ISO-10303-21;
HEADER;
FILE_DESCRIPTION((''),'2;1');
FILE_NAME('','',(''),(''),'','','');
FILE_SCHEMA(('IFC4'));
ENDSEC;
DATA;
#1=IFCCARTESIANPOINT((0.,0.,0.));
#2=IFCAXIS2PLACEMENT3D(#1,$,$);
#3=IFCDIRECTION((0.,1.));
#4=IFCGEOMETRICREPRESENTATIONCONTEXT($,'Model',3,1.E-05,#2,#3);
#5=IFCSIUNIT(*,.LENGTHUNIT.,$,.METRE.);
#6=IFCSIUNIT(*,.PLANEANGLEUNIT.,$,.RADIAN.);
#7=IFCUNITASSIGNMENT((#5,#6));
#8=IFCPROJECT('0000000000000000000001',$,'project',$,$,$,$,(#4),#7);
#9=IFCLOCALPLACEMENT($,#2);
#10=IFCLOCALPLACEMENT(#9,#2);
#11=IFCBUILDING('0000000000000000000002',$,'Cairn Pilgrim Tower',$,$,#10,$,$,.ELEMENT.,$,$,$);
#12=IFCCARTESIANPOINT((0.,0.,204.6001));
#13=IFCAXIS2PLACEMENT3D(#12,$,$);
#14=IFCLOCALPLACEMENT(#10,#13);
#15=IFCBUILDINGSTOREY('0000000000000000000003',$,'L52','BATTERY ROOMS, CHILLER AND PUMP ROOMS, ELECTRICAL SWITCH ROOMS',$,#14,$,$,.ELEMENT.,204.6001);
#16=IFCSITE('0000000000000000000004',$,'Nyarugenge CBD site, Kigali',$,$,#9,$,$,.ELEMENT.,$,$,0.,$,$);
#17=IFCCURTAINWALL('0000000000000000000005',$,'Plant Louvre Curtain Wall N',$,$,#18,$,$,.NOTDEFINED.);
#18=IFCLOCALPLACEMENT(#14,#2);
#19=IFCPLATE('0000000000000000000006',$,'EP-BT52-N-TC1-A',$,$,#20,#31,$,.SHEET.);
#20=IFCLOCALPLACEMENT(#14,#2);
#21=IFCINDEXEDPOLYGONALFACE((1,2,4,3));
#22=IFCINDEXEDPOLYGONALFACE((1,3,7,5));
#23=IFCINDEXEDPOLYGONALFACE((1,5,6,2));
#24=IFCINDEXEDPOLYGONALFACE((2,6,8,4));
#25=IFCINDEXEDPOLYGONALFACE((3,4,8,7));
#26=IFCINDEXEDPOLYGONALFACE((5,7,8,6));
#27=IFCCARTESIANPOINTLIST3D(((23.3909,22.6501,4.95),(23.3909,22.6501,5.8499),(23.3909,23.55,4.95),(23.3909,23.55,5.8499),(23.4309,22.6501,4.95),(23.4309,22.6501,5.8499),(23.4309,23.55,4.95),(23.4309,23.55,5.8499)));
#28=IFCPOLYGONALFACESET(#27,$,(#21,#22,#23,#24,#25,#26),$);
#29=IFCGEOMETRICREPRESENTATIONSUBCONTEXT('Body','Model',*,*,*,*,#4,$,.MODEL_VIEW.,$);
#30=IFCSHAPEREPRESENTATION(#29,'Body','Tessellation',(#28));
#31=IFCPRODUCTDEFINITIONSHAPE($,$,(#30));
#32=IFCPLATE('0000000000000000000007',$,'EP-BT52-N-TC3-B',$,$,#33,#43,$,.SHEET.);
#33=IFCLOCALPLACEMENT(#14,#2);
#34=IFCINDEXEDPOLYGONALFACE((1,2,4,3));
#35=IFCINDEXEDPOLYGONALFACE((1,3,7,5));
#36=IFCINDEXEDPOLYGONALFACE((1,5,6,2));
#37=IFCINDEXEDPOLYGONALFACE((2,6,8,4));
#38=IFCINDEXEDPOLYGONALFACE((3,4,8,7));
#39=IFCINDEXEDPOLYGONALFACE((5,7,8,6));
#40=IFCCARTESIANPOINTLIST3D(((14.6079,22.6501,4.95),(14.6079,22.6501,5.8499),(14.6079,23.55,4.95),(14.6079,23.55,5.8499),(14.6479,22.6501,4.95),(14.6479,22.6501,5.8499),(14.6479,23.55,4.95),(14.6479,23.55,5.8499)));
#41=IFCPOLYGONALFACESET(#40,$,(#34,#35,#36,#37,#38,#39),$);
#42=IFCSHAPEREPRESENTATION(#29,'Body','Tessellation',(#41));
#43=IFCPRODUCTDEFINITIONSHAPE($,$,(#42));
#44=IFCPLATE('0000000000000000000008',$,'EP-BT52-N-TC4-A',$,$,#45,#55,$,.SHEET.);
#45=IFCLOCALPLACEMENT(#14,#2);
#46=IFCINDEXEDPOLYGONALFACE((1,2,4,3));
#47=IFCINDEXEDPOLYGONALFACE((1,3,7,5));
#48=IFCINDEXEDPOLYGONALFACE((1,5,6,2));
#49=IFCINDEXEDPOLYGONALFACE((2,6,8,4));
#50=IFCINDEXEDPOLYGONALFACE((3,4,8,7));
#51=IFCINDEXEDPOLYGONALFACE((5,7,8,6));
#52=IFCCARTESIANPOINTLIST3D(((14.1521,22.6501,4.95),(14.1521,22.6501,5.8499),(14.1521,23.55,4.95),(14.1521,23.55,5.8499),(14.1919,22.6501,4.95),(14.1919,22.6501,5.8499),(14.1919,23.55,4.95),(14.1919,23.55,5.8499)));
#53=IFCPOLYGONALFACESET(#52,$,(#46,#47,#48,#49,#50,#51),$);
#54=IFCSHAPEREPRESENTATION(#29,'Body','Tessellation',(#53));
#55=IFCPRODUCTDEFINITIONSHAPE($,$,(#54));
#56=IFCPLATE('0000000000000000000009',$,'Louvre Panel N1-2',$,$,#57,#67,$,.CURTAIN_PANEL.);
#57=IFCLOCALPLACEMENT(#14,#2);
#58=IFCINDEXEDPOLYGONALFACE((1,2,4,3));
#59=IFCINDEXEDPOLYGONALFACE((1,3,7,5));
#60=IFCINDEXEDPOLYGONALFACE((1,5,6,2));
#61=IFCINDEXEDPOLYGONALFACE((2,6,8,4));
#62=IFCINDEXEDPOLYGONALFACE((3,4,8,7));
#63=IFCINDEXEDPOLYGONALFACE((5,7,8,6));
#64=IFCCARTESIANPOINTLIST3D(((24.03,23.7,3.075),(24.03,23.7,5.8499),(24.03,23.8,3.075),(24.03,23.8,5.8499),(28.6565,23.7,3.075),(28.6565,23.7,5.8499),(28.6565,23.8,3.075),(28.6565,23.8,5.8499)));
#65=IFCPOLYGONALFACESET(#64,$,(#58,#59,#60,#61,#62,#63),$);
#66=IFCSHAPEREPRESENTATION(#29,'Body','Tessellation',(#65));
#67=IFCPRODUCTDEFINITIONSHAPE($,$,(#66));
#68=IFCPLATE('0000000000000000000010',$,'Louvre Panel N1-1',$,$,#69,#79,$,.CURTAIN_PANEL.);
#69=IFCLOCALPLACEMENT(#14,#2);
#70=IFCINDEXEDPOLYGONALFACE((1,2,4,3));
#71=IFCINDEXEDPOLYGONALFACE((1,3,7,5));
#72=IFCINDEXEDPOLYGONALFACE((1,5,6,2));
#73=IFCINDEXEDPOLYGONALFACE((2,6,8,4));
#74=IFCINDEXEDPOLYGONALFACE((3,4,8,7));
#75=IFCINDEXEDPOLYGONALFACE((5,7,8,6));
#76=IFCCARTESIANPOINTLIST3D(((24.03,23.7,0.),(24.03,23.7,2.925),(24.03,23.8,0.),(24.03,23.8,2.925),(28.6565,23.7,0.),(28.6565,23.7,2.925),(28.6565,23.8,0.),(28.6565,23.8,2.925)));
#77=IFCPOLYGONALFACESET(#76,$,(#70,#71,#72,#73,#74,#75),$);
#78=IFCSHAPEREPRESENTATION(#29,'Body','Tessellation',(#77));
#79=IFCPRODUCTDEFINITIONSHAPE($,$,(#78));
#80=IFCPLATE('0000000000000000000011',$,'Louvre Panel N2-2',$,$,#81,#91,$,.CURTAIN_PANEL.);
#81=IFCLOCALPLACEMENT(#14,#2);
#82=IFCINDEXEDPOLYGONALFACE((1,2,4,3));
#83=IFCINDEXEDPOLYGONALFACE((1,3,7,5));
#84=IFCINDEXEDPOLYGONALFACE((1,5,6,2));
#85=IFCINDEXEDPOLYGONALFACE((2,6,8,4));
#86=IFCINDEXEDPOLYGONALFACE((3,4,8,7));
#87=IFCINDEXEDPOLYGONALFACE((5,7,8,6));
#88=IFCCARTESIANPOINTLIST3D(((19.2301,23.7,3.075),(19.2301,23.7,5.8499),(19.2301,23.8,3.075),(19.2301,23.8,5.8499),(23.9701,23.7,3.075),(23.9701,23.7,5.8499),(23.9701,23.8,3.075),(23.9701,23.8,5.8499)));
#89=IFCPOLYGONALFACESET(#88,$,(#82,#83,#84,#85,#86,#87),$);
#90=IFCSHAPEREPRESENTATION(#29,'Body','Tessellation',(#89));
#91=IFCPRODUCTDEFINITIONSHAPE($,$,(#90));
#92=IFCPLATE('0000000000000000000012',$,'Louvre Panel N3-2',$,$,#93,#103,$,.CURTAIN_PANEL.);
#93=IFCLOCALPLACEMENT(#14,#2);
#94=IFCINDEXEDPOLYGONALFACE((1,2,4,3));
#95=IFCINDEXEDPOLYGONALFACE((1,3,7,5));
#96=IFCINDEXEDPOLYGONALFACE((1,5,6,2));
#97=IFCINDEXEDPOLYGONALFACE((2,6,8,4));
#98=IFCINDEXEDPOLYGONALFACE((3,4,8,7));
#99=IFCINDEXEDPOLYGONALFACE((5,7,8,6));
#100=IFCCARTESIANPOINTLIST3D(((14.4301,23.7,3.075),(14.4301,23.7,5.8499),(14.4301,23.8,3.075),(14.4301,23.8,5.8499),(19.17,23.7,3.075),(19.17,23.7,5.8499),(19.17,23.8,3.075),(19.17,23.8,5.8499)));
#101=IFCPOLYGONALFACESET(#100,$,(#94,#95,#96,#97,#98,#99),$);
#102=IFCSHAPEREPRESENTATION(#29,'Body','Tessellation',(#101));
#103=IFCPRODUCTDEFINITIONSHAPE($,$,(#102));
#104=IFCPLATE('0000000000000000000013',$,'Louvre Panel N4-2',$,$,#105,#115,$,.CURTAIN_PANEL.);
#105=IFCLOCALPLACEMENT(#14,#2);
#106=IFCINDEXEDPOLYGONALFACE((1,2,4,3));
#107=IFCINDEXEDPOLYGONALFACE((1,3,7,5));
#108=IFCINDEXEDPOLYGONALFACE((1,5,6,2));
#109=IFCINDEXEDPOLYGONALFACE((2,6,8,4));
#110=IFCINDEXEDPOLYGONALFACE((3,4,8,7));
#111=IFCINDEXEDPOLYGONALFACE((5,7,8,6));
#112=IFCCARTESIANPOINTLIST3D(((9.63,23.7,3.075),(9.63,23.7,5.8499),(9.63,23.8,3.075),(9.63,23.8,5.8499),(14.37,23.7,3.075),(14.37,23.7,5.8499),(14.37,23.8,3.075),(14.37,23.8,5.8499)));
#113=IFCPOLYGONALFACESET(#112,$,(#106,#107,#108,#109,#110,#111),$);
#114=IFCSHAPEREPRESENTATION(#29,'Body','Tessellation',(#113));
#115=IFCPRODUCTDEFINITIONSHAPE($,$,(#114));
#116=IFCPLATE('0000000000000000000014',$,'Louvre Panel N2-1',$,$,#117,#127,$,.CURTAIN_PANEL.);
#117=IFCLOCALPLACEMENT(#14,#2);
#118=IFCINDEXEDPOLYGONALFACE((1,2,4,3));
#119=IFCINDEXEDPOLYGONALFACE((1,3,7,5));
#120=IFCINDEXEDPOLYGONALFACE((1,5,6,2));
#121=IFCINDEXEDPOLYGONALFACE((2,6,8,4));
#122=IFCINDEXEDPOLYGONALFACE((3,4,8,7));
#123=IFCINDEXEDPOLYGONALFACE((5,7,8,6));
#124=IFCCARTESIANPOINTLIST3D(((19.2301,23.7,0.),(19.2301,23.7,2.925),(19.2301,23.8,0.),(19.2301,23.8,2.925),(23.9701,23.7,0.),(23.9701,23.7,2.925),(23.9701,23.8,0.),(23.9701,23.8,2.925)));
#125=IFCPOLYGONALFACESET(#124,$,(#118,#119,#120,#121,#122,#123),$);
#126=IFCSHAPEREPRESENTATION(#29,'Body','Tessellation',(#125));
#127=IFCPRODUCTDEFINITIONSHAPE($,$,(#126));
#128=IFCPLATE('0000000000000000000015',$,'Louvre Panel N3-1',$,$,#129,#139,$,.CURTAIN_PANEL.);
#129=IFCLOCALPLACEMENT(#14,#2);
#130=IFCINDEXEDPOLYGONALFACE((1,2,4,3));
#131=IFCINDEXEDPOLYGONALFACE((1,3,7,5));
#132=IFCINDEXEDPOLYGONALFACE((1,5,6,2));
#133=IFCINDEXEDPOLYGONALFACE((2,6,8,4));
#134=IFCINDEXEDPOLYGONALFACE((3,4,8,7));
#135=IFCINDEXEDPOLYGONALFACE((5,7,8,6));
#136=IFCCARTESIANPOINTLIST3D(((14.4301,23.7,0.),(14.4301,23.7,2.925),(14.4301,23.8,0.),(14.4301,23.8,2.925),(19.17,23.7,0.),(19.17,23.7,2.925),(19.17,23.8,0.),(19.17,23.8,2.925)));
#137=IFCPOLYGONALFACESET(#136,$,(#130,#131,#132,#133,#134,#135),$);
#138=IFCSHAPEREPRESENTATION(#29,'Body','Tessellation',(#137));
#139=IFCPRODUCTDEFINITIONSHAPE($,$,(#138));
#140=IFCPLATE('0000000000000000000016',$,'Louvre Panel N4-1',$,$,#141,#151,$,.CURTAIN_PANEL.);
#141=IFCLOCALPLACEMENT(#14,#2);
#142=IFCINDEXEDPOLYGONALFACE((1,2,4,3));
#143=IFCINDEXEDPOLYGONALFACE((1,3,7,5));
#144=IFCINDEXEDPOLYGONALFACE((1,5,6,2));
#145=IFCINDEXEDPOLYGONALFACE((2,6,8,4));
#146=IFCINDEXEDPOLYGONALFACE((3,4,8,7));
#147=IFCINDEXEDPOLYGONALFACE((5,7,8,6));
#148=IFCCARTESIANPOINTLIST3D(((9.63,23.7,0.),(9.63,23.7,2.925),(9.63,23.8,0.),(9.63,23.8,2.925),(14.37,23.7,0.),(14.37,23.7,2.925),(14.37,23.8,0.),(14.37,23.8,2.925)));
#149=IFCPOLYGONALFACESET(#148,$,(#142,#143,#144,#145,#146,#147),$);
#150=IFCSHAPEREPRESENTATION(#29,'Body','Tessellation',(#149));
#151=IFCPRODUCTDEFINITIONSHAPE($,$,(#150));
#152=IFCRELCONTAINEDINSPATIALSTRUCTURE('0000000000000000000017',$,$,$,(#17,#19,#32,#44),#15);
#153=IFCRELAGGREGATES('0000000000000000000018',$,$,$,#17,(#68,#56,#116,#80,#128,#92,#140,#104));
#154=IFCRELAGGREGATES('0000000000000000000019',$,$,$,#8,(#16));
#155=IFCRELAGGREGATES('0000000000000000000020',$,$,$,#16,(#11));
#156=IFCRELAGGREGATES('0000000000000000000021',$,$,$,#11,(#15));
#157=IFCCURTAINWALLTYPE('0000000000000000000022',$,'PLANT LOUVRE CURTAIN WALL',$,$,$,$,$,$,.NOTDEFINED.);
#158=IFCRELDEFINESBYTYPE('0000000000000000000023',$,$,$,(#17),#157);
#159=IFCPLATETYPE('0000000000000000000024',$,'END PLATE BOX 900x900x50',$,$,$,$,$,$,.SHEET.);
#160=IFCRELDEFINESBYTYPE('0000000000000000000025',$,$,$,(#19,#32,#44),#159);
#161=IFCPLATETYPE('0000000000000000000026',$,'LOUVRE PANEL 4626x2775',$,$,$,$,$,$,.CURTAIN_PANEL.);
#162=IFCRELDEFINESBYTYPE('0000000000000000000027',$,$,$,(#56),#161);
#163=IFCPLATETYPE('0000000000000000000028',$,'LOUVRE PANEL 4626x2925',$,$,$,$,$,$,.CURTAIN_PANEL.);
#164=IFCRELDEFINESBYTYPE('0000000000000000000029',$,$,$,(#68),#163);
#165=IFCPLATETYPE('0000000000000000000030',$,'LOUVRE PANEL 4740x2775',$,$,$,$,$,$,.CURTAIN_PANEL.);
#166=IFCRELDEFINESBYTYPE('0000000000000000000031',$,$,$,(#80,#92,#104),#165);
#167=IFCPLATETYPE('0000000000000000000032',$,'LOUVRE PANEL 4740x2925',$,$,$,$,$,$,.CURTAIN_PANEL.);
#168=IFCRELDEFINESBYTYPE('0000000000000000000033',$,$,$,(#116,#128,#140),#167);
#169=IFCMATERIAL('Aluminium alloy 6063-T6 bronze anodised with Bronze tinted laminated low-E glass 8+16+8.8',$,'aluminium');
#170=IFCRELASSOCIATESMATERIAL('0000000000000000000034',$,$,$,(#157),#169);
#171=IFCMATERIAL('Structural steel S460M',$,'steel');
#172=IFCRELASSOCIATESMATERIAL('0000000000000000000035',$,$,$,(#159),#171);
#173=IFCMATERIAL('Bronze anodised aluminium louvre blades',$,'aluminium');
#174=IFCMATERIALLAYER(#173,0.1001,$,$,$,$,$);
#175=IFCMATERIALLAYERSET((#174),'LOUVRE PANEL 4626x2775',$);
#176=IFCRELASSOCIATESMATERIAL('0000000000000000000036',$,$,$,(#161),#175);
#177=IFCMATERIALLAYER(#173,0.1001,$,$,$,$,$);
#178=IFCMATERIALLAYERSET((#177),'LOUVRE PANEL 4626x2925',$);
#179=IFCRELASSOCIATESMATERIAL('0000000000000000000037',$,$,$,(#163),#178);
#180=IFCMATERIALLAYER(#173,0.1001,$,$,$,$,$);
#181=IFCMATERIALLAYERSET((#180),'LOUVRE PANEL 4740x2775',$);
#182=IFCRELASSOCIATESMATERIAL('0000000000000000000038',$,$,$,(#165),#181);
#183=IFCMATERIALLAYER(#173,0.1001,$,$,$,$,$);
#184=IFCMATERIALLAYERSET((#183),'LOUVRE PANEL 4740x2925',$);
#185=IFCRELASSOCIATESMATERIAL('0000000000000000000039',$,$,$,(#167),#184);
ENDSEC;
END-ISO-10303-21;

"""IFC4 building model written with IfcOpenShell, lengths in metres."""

from ifc_helpers import new_model, si_unit, direction, frame, origin, origin_2d, place, context, subcontext, project, spatial, rectangle, extrude, material, layer, layer_set, material_profile, profile_set, type_object, element, aggregate, save


model = new_model("IFC4")

# Units and contexts
model_context = context("Model", 3, precision=1e-05, world=origin(), true_north=direction((0.0, 1.0)))
body_context = subcontext(model_context, "Body", "Model", "MODEL_VIEW")
ifc_project = project(units=[si_unit("LENGTHUNIT", "METRE"), si_unit("PLANEANGLEUNIT", "RADIAN")], contexts=[model_context])

# Site, building, storey
site_placement = place(None, origin())
site = spatial("IfcSite", under=ifc_project, at=site_placement, Name="Nyarugenge CBD site, Kigali", CompositionType="ELEMENT", RefElevation=0.0)
building_placement = place(site_placement, origin())
building = spatial("IfcBuilding", under=site, at=building_placement, Name="Cairn Pilgrim Tower", CompositionType="ELEMENT")
storey_placement = place(building_placement, frame((0.0, 0.0, 204.6001)))
storey = spatial("IfcBuildingStorey", under=building, at=storey_placement, Name="L52", Description="BATTERY ROOMS, CHILLER AND PUMP ROOMS, ELECTRICAL SWITCH ROOMS", CompositionType="ELEMENT", Elevation=204.6001)

# Shared definitions
ifc_material_1 = material(Name="Structural steel S460M", Category="steel")

# Curtain wall
ifc_material_2 = material(Name="Aluminium alloy 6063-T6 bronze anodised with Bronze tinted laminated low-E glass 8+16+8.8", Category="aluminium")
curtain_wall_type = type_object("IfcCurtainWallType", Name="PLANT LOUVRE CURTAIN WALL", PredefinedType="NOTDEFINED", material=ifc_material_2)
curtain_wall_placement = place(storey_placement, origin())
curtain_wall = element("IfcCurtainWall", 1, at=curtain_wall_placement, inside=storey, type_object=curtain_wall_type, Name="Plant Louvre Curtain Wall N", PredefinedType="NOTDEFINED")

# Plates
ifc_material_profile_1 = material_profile(ifc_material_1, rectangle(XDim=0.8999, YDim=0.8999, at=origin_2d()), Name="END PLATE BOX 900x900x50")
ifc_profile_set_1 = profile_set([ifc_material_profile_1], Name="Structural steel S460M")
plate_type_1 = type_object("IfcPlateType", Name="END PLATE BOX 900x900x50", PredefinedType="SHEET", material=ifc_profile_set_1)
for number, where, z_axis, x_axis, name in (
    (2, (23.3909, 23.1001, 5.3999), (1.0, 0.0, 0.0), (0.0, 1.0, 0.0), "EP-BT52-N-TC1-A"),
    (3, (14.6479, 23.1001, 5.3999), (-1.0, 0.0, 0.0), (0.0, -1.0, 0.0), "EP-BT52-N-TC3-B"),
):
    element("IfcPlate", number, at=place(storey_placement, frame(where, z_axis=z_axis, x_axis=x_axis)), inside=storey, type_object=plate_type_1, Name=name, PredefinedType="SHEET", context=body_context, shape_type="SweptSolid", body=[
        extrude(rectangle(XDim=0.8999, YDim=0.8999, at=origin_2d()), origin(), (0.0, 0.0, 1.0), 0.04),
    ])
plate_1_placement = place(storey_placement, frame((14.1521, 23.1001, 5.3999), z_axis=(1.0, 0.0, 0.0), x_axis=(0.0, 1.0, 0.0)))
element("IfcPlate", 4, at=plate_1_placement, inside=storey, type_object=plate_type_1, Name="EP-BT52-N-TC4-A", PredefinedType="SHEET", context=body_context, shape_type="SweptSolid", body=[
    extrude(rectangle(XDim=0.8999, YDim=0.8999, at=origin_2d()), origin(), (0.0, 0.0, 1.0), 0.0398),
])

# Plates
ifc_material_3 = material(Name="Bronze anodised aluminium louvre blades", Category="aluminium")
ifc_layer_1 = layer(ifc_material_3, 0.1001)
ifc_layer_set_1 = layer_set([ifc_layer_1], Name="LOUVRE PANEL 4626x2775")
plate_type_2 = type_object("IfcPlateType", Name="LOUVRE PANEL 4626x2775", PredefinedType="CURTAIN_PANEL", material=ifc_layer_set_1)
plate_2_placement = place(storey_placement, frame((26.3433, 23.75, 3.075), z_axis=(0.0, 0.0, 1.0), x_axis=(-1.0, 0.0, 0.0)))
plate_2 = element("IfcPlate", 5, at=plate_2_placement, type_object=plate_type_2, Name="Louvre Panel N1-2", PredefinedType="CURTAIN_PANEL", context=body_context, shape_type="SweptSolid", body=[
    extrude(rectangle(XDim=4.6265, YDim=0.1001, at=origin_2d()), origin(), (0.0, 0.0, 1.0), 2.7749),
])
ifc_layer_2 = layer(ifc_material_3, 0.1001)
ifc_layer_set_2 = layer_set([ifc_layer_2], Name="LOUVRE PANEL 4626x2925")
plate_type_3 = type_object("IfcPlateType", Name="LOUVRE PANEL 4626x2925", PredefinedType="CURTAIN_PANEL", material=ifc_layer_set_2)
plate_3_placement = place(storey_placement, frame((26.3433, 23.75, 0.0), z_axis=(0.0, 0.0, 1.0), x_axis=(-1.0, 0.0, 0.0)))
plate_3 = element("IfcPlate", 6, at=plate_3_placement, type_object=plate_type_3, Name="Louvre Panel N1-1", PredefinedType="CURTAIN_PANEL", context=body_context, shape_type="SweptSolid", body=[
    extrude(rectangle(XDim=4.6265, YDim=0.1001, at=origin_2d()), origin(), (0.0, 0.0, 1.0), 2.925),
])
ifc_layer_3 = layer(ifc_material_3, 0.1001)
ifc_layer_set_3 = layer_set([ifc_layer_3], Name="LOUVRE PANEL 4740x2775")
plate_type_4 = type_object("IfcPlateType", Name="LOUVRE PANEL 4740x2775", PredefinedType="CURTAIN_PANEL", material=ifc_layer_set_3)
plate_4_placement = place(storey_placement, frame((21.6001, 23.75, 3.075), z_axis=(0.0, 0.0, 1.0), x_axis=(-1.0, 0.0, 0.0)))
plate_4 = element("IfcPlate", 7, at=plate_4_placement, type_object=plate_type_4, Name="Louvre Panel N2-2", PredefinedType="CURTAIN_PANEL", context=body_context, shape_type="SweptSolid", body=[
    extrude(rectangle(XDim=4.74, YDim=0.1001, at=origin_2d()), origin(), (0.0, 0.0, 1.0), 2.7749),
])
plate_5_placement = place(storey_placement, frame((16.8, 23.75, 3.075), z_axis=(0.0, 0.0, 1.0), x_axis=(-1.0, 0.0, 0.0)))
plate_5 = element("IfcPlate", 8, at=plate_5_placement, type_object=plate_type_4, Name="Louvre Panel N3-2", PredefinedType="CURTAIN_PANEL", context=body_context, shape_type="SweptSolid", body=[
    extrude(rectangle(XDim=4.74, YDim=0.1001, at=origin_2d()), origin(), (0.0, 0.0, 1.0), 2.7749),
])
plate_6_placement = place(storey_placement, frame((12.0, 23.75, 3.075), z_axis=(0.0, 0.0, 1.0), x_axis=(-1.0, 0.0, 0.0)))
plate_6 = element("IfcPlate", 9, at=plate_6_placement, type_object=plate_type_4, Name="Louvre Panel N4-2", PredefinedType="CURTAIN_PANEL", context=body_context, shape_type="SweptSolid", body=[
    extrude(rectangle(XDim=4.74, YDim=0.1001, at=origin_2d()), origin(), (0.0, 0.0, 1.0), 2.7749),
])
ifc_layer_4 = layer(ifc_material_3, 0.1001)
ifc_layer_set_4 = layer_set([ifc_layer_4], Name="LOUVRE PANEL 4740x2925")
plate_type_5 = type_object("IfcPlateType", Name="LOUVRE PANEL 4740x2925", PredefinedType="CURTAIN_PANEL", material=ifc_layer_set_4)
plate_7_placement = place(storey_placement, frame((21.6001, 23.75, 0.0), z_axis=(0.0, 0.0, 1.0), x_axis=(-1.0, 0.0, 0.0)))
plate_7 = element("IfcPlate", 10, at=plate_7_placement, type_object=plate_type_5, Name="Louvre Panel N2-1", PredefinedType="CURTAIN_PANEL", context=body_context, shape_type="SweptSolid", body=[
    extrude(rectangle(XDim=4.74, YDim=0.1001, at=origin_2d()), origin(), (0.0, 0.0, 1.0), 2.925),
])
plate_8_placement = place(storey_placement, frame((16.8, 23.75, 0.0), z_axis=(0.0, 0.0, 1.0), x_axis=(-1.0, 0.0, 0.0)))
plate_8 = element("IfcPlate", 11, at=plate_8_placement, type_object=plate_type_5, Name="Louvre Panel N3-1", PredefinedType="CURTAIN_PANEL", context=body_context, shape_type="SweptSolid", body=[
    extrude(rectangle(XDim=4.74, YDim=0.1001, at=origin_2d()), origin(), (0.0, 0.0, 1.0), 2.925),
])
plate_9_placement = place(storey_placement, frame((12.0, 23.75, 0.0), z_axis=(0.0, 0.0, 1.0), x_axis=(-1.0, 0.0, 0.0)))
plate_9 = element("IfcPlate", 12, at=plate_9_placement, type_object=plate_type_5, Name="Louvre Panel N4-1", PredefinedType="CURTAIN_PANEL", context=body_context, shape_type="SweptSolid", body=[
    extrude(rectangle(XDim=4.74, YDim=0.1001, at=origin_2d()), origin(), (0.0, 0.0, 1.0), 2.925),
])
aggregate(curtain_wall, [plate_3, plate_2, plate_7, plate_4, plate_8, plate_5, plate_9, plate_6])

save(model, "model.ifc")
